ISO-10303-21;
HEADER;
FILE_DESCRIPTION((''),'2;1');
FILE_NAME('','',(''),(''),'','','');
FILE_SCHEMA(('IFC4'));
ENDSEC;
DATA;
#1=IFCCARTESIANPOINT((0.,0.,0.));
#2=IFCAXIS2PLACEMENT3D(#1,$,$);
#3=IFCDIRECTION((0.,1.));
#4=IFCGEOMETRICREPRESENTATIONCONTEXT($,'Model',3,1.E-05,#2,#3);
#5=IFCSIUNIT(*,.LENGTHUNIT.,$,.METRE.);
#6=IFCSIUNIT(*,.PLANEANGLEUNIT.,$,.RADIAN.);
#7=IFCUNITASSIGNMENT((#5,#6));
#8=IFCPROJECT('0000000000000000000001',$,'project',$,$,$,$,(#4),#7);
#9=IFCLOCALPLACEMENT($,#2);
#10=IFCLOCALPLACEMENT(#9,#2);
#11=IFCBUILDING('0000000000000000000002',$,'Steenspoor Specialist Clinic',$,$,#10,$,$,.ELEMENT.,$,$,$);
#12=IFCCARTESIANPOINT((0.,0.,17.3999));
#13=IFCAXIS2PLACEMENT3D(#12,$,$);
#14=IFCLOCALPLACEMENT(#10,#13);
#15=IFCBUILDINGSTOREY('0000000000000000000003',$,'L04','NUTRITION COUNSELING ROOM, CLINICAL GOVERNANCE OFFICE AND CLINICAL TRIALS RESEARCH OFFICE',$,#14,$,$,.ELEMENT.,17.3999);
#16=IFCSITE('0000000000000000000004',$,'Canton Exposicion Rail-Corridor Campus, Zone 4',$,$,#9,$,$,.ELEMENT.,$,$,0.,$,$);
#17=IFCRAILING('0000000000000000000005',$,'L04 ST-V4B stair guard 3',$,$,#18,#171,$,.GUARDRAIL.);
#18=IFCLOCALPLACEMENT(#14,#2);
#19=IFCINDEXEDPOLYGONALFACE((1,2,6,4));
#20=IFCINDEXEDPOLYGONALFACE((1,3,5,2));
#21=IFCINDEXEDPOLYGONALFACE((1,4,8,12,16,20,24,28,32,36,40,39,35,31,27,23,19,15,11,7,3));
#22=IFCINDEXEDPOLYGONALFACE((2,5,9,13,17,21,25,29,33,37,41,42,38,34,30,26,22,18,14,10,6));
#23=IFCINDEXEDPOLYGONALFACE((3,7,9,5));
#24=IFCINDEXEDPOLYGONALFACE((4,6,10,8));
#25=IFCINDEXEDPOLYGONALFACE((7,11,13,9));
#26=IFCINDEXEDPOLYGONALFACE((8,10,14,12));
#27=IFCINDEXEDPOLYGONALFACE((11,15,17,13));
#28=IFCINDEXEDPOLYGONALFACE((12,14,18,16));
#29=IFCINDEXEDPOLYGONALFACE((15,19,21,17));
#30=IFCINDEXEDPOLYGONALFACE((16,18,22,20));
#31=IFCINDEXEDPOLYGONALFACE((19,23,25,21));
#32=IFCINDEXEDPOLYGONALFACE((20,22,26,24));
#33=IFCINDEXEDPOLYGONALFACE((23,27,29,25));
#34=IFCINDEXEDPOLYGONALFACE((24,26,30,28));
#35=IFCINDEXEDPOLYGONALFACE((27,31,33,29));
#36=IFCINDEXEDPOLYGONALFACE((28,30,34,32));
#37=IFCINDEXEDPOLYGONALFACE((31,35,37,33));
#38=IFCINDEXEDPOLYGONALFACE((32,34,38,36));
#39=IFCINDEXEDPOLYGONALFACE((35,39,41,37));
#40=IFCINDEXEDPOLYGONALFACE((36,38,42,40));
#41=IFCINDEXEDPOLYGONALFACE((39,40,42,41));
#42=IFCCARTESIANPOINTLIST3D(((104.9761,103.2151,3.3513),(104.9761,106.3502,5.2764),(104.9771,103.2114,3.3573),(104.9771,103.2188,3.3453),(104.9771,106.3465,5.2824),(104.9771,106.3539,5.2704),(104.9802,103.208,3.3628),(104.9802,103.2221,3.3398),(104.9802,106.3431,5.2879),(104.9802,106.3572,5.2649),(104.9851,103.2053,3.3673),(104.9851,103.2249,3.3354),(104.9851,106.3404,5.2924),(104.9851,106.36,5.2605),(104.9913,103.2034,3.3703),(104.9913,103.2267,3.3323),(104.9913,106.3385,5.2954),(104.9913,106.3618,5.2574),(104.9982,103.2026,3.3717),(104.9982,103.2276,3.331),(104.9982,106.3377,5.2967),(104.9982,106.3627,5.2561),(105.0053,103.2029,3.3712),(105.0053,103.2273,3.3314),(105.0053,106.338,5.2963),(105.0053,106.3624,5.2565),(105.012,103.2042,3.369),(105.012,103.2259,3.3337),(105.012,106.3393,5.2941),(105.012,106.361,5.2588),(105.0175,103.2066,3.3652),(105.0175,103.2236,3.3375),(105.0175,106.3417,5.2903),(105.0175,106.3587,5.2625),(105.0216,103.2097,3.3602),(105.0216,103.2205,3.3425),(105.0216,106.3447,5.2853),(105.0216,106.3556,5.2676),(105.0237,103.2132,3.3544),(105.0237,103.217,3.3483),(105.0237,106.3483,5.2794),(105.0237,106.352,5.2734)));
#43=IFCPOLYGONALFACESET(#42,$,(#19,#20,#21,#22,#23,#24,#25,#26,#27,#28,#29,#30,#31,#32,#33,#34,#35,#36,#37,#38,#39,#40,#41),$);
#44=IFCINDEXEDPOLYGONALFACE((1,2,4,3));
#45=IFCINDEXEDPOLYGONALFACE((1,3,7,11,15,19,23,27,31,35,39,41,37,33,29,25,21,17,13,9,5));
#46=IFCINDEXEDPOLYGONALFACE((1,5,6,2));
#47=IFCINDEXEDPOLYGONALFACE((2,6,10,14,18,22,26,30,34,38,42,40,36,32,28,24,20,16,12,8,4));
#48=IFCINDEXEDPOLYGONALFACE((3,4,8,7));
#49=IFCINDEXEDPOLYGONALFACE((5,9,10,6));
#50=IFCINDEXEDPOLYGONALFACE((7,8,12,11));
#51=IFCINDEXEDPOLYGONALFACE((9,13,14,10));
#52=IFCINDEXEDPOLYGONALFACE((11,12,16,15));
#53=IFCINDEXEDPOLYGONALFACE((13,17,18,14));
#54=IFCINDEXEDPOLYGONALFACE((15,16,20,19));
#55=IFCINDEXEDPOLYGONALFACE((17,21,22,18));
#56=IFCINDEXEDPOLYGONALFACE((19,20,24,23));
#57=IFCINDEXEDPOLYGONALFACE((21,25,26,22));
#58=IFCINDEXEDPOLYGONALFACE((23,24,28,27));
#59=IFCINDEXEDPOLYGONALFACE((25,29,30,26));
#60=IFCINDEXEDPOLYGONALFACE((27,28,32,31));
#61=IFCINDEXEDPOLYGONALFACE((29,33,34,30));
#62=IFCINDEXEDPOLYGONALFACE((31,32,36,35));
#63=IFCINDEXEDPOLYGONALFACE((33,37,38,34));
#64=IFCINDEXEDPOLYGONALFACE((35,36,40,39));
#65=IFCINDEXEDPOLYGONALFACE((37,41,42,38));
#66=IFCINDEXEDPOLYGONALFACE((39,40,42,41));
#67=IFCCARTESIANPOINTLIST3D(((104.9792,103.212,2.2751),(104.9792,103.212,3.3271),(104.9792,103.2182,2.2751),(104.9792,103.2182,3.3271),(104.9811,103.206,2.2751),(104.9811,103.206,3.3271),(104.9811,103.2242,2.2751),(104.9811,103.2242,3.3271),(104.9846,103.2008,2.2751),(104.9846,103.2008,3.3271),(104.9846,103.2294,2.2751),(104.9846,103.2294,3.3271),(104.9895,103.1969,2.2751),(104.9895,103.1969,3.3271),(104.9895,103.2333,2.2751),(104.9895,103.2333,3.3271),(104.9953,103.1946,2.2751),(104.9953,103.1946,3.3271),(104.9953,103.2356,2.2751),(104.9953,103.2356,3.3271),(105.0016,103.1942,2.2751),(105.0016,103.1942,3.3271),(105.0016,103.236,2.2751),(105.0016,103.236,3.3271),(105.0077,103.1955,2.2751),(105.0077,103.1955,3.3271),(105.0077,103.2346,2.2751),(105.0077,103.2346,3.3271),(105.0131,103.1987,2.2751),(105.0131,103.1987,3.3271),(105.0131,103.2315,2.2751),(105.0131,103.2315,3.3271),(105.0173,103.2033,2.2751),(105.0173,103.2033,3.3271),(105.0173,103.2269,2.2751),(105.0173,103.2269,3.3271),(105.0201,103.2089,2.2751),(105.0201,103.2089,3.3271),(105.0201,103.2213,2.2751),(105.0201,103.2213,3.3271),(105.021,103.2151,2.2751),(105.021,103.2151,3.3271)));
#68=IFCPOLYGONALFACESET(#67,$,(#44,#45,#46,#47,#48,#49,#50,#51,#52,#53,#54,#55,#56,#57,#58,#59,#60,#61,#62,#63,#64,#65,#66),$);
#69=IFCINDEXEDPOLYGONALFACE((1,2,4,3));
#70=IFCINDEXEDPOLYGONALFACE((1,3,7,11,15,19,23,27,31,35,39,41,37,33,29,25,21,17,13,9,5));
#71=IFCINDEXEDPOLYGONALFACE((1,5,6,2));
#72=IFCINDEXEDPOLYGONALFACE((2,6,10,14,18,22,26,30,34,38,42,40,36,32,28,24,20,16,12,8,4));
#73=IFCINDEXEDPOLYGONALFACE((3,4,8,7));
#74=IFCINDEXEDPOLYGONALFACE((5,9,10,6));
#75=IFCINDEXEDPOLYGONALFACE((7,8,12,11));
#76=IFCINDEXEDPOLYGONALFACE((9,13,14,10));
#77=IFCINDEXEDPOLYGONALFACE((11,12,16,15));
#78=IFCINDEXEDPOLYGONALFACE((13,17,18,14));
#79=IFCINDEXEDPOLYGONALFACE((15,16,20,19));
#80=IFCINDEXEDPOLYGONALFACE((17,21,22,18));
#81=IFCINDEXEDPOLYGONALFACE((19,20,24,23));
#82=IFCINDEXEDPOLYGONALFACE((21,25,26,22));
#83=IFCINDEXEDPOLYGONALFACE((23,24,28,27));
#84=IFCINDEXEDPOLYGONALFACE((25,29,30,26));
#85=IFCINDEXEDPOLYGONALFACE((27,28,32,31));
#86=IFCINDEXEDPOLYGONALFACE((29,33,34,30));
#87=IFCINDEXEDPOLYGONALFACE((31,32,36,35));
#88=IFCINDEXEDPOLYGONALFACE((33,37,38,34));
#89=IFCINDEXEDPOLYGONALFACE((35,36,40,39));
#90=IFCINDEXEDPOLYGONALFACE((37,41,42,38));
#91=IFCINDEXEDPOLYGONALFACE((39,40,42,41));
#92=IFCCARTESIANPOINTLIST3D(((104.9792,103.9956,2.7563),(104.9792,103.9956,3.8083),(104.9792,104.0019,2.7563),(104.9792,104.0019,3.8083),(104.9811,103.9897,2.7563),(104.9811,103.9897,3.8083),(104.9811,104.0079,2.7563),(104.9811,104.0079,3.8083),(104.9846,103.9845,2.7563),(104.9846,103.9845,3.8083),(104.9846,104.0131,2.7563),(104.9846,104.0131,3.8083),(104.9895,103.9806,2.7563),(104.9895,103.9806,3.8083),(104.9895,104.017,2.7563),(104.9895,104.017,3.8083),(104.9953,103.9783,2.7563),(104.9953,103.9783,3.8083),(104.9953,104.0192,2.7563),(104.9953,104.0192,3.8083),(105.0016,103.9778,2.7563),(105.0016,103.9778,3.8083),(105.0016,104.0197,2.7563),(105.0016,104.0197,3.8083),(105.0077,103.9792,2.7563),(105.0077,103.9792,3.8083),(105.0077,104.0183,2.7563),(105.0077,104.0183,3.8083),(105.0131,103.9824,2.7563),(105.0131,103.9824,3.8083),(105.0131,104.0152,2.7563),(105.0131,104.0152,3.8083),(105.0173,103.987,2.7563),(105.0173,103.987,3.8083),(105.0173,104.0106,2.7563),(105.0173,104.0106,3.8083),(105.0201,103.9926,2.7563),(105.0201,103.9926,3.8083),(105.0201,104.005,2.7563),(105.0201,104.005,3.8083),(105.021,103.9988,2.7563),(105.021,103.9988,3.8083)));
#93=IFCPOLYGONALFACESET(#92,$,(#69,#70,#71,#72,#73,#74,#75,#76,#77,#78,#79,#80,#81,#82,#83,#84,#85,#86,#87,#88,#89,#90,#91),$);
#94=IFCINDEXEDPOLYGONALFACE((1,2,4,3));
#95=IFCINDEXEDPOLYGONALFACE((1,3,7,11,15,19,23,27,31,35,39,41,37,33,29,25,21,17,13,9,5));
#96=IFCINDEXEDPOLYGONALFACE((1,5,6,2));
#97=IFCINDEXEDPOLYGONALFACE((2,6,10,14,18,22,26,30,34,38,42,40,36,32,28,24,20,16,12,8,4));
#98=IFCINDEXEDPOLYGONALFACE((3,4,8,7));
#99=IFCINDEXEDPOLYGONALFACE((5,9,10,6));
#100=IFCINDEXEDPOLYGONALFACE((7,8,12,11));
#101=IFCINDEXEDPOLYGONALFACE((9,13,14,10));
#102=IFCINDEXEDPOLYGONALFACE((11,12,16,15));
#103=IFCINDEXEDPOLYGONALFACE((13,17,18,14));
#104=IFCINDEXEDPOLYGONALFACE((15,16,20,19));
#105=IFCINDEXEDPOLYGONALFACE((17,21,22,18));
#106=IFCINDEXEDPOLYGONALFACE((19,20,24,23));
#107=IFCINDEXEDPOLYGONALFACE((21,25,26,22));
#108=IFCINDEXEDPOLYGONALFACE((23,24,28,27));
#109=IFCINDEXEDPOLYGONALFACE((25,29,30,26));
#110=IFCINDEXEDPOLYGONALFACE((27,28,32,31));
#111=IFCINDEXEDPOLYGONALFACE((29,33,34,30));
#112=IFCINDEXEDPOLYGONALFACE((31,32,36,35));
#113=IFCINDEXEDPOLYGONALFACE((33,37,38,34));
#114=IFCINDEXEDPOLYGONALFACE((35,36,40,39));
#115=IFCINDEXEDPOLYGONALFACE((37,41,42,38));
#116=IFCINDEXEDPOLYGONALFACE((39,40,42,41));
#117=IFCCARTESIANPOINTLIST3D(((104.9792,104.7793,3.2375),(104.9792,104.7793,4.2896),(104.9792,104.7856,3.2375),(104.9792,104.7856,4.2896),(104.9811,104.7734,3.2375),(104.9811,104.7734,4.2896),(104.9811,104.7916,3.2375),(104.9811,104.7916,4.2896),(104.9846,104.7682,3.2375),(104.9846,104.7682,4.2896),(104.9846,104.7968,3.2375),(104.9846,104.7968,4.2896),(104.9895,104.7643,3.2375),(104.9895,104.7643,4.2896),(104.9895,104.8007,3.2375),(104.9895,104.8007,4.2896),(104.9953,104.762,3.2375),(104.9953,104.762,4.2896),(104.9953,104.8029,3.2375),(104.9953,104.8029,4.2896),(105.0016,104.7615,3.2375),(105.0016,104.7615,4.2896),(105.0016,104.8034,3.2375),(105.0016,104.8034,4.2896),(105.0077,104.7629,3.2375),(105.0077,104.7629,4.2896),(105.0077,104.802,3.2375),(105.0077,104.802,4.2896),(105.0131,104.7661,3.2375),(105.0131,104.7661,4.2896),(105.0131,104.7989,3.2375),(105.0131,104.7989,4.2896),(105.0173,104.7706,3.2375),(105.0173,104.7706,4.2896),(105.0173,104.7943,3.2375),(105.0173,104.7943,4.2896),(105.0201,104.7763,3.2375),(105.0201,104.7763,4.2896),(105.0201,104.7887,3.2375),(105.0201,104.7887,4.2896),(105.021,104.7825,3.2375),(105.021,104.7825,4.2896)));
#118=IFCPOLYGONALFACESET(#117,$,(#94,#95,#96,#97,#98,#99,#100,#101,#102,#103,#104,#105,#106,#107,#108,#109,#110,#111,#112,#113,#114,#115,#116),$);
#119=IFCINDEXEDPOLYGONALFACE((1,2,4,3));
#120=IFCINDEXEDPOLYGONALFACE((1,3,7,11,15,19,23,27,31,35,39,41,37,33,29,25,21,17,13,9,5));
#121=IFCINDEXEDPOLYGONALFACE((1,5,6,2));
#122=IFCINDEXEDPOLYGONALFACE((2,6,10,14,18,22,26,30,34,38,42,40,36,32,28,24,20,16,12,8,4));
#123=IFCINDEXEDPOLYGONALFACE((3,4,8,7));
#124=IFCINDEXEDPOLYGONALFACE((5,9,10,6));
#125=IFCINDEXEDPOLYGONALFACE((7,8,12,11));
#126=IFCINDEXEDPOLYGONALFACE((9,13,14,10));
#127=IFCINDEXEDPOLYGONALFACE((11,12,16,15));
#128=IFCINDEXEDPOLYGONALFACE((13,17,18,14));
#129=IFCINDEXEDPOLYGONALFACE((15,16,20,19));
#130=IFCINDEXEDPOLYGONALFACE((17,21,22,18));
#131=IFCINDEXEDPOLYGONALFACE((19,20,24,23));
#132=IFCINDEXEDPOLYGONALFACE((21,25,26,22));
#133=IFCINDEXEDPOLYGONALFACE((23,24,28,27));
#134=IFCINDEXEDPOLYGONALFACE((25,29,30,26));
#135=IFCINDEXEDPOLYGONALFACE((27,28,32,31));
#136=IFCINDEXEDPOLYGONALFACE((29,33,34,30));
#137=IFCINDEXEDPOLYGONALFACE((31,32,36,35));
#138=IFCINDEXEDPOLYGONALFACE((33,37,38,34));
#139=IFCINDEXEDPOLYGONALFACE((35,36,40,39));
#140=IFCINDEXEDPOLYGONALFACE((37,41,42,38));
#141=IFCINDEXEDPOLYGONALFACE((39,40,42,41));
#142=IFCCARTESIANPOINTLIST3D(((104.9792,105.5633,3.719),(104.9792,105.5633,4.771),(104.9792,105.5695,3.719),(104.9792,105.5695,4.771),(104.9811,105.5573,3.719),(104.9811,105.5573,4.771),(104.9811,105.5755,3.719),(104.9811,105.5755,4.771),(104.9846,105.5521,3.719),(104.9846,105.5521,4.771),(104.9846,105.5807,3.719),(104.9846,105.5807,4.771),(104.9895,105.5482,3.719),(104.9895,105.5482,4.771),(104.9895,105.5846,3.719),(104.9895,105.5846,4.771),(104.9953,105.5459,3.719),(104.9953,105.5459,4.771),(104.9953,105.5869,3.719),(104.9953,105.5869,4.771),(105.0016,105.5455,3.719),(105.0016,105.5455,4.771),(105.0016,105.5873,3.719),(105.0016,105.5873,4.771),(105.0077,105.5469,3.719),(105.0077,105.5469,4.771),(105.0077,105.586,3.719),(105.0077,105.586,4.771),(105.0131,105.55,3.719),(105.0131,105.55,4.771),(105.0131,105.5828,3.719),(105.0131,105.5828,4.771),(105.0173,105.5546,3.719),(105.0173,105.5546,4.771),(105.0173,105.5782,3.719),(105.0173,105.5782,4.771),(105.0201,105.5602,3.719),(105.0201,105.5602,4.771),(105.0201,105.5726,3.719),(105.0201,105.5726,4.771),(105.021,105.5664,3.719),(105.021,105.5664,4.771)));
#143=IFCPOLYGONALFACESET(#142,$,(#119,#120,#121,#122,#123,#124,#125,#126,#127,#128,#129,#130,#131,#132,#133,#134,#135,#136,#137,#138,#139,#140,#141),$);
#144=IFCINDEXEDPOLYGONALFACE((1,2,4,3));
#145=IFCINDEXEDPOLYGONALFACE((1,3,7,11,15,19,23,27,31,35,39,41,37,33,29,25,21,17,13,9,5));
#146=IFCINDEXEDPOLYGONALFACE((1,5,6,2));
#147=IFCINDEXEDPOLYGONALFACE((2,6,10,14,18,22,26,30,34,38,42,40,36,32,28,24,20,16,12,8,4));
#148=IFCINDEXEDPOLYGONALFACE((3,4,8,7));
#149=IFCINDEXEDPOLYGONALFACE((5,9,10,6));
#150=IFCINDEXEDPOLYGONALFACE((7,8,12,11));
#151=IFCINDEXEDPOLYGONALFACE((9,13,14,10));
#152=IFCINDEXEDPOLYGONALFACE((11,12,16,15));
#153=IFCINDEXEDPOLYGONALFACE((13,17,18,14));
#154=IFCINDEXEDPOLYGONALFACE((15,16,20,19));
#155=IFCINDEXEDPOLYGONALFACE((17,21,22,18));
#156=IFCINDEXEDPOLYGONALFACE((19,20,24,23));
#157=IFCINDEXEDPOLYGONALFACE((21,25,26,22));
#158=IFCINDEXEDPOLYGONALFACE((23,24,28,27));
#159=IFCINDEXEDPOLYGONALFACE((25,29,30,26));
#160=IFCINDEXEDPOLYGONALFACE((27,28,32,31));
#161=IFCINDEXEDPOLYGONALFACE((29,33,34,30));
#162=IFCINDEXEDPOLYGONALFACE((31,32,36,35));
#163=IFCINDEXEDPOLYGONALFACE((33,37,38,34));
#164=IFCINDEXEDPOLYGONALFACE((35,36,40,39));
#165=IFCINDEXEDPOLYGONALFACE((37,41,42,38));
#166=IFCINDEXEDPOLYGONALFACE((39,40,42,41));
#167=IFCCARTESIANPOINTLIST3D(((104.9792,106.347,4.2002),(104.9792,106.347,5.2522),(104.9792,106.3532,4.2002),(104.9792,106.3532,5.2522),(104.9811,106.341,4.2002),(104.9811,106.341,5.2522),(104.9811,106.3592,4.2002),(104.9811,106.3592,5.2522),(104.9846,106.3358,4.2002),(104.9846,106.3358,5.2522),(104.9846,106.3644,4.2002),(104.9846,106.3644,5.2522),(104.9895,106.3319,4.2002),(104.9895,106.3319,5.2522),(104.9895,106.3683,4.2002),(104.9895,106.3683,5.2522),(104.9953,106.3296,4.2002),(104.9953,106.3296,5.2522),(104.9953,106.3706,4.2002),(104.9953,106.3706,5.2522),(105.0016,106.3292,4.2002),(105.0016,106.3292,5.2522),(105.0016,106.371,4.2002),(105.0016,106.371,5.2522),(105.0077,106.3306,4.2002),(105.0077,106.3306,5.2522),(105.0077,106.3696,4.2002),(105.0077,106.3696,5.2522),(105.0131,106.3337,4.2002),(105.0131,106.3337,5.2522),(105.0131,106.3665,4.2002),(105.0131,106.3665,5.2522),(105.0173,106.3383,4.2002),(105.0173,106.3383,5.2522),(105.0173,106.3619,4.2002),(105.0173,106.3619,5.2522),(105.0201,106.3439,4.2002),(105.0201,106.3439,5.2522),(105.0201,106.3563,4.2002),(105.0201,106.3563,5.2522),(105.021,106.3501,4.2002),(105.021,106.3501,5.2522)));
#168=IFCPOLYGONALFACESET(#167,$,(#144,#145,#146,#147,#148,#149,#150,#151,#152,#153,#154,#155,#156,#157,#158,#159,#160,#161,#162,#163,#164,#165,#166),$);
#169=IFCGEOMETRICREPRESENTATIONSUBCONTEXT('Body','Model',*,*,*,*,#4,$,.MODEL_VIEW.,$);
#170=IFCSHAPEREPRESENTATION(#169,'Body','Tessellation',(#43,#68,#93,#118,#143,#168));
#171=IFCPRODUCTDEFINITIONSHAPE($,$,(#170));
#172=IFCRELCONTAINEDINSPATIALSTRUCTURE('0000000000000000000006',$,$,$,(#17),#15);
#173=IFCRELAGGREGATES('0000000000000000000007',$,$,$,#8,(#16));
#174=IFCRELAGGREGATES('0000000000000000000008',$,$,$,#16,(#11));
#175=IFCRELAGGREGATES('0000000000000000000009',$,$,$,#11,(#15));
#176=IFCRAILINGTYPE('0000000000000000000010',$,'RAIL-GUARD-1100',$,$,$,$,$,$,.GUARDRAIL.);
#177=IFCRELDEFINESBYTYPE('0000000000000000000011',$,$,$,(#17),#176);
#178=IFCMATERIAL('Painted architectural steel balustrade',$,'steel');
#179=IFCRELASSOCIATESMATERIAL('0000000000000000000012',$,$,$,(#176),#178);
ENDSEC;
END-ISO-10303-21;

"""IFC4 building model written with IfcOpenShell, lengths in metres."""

from ifc_helpers import new_model, si_unit, direction, frame, origin, origin_2d, place, context, subcontext, project, spatial, circle, extrude, material, type_object, element, save


model = new_model("IFC4")

# Units and contexts
model_context = context("Model", 3, precision=1e-05, world=origin(), true_north=direction((0.0, 1.0)))
body_context = subcontext(model_context, "Body", "Model", "MODEL_VIEW")
ifc_project = project(units=[si_unit("LENGTHUNIT", "METRE"), si_unit("PLANEANGLEUNIT", "RADIAN")], contexts=[model_context])

# Site, building, storey
site_placement = place(None, origin())
site = spatial("IfcSite", under=ifc_project, at=site_placement, Name="Canton Exposicion Rail-Corridor Campus, Zone 4", CompositionType="ELEMENT", RefElevation=0.0)
building_placement = place(site_placement, origin())
building = spatial("IfcBuilding", under=site, at=building_placement, Name="Steenspoor Specialist Clinic", CompositionType="ELEMENT")
storey_placement = place(building_placement, frame((0.0, 0.0, 17.3999)))
storey = spatial("IfcBuildingStorey", under=building, at=storey_placement, Name="L04", Description="NUTRITION COUNSELING ROOM, CLINICAL GOVERNANCE OFFICE AND CLINICAL TRIALS RESEARCH OFFICE", CompositionType="ELEMENT", Elevation=17.3999)

# Railing
ifc_material_1 = material(Name="Painted architectural steel balustrade", Category="steel")
railing_type_1 = type_object("IfcRailingType", Name="RAIL-GUARD-1100", PredefinedType="GUARDRAIL", material=ifc_material_1)
railing_1_placement = place(storey_placement, frame((105.0, 103.2151, 2.2751)))
element("IfcRailing", 1, at=railing_1_placement, inside=storey, type_object=railing_type_1, Name="L04 ST-V4B stair guard 3", PredefinedType="GUARDRAIL", context=body_context, shape_type="SweptSolid", body=[
    extrude(circle(Radius=0.0239, at=origin_2d()), frame((0.0, 0.0, 1.0762), z_axis=(0.0, 0.852166, 0.523271), x_axis=(-1.0, 0.0, 0.0)), (0.0, 0.0, 1.0), 3.679),
    extrude(circle(Radius=0.021, at=origin_2d()), origin(), (0.0, 0.0, 1.0), 1.052),
    extrude(circle(Radius=0.021, at=origin_2d()), frame((0.0, 0.7837, 0.4812)), (0.0, 0.0, 1.0), 1.052),
    extrude(circle(Radius=0.021, at=origin_2d()), frame((0.0, 1.5674, 0.9624)), (0.0, 0.0, 1.0), 1.052),
    extrude(circle(Radius=0.021, at=origin_2d()), frame((0.0, 2.3513, 1.4438)), (0.0, 0.0, 1.0), 1.052),
    extrude(circle(Radius=0.021, at=origin_2d()), frame((0.0, 3.135, 1.925)), (0.0, 0.0, 1.0), 1.052),
])

save(model, "model.ifc")
